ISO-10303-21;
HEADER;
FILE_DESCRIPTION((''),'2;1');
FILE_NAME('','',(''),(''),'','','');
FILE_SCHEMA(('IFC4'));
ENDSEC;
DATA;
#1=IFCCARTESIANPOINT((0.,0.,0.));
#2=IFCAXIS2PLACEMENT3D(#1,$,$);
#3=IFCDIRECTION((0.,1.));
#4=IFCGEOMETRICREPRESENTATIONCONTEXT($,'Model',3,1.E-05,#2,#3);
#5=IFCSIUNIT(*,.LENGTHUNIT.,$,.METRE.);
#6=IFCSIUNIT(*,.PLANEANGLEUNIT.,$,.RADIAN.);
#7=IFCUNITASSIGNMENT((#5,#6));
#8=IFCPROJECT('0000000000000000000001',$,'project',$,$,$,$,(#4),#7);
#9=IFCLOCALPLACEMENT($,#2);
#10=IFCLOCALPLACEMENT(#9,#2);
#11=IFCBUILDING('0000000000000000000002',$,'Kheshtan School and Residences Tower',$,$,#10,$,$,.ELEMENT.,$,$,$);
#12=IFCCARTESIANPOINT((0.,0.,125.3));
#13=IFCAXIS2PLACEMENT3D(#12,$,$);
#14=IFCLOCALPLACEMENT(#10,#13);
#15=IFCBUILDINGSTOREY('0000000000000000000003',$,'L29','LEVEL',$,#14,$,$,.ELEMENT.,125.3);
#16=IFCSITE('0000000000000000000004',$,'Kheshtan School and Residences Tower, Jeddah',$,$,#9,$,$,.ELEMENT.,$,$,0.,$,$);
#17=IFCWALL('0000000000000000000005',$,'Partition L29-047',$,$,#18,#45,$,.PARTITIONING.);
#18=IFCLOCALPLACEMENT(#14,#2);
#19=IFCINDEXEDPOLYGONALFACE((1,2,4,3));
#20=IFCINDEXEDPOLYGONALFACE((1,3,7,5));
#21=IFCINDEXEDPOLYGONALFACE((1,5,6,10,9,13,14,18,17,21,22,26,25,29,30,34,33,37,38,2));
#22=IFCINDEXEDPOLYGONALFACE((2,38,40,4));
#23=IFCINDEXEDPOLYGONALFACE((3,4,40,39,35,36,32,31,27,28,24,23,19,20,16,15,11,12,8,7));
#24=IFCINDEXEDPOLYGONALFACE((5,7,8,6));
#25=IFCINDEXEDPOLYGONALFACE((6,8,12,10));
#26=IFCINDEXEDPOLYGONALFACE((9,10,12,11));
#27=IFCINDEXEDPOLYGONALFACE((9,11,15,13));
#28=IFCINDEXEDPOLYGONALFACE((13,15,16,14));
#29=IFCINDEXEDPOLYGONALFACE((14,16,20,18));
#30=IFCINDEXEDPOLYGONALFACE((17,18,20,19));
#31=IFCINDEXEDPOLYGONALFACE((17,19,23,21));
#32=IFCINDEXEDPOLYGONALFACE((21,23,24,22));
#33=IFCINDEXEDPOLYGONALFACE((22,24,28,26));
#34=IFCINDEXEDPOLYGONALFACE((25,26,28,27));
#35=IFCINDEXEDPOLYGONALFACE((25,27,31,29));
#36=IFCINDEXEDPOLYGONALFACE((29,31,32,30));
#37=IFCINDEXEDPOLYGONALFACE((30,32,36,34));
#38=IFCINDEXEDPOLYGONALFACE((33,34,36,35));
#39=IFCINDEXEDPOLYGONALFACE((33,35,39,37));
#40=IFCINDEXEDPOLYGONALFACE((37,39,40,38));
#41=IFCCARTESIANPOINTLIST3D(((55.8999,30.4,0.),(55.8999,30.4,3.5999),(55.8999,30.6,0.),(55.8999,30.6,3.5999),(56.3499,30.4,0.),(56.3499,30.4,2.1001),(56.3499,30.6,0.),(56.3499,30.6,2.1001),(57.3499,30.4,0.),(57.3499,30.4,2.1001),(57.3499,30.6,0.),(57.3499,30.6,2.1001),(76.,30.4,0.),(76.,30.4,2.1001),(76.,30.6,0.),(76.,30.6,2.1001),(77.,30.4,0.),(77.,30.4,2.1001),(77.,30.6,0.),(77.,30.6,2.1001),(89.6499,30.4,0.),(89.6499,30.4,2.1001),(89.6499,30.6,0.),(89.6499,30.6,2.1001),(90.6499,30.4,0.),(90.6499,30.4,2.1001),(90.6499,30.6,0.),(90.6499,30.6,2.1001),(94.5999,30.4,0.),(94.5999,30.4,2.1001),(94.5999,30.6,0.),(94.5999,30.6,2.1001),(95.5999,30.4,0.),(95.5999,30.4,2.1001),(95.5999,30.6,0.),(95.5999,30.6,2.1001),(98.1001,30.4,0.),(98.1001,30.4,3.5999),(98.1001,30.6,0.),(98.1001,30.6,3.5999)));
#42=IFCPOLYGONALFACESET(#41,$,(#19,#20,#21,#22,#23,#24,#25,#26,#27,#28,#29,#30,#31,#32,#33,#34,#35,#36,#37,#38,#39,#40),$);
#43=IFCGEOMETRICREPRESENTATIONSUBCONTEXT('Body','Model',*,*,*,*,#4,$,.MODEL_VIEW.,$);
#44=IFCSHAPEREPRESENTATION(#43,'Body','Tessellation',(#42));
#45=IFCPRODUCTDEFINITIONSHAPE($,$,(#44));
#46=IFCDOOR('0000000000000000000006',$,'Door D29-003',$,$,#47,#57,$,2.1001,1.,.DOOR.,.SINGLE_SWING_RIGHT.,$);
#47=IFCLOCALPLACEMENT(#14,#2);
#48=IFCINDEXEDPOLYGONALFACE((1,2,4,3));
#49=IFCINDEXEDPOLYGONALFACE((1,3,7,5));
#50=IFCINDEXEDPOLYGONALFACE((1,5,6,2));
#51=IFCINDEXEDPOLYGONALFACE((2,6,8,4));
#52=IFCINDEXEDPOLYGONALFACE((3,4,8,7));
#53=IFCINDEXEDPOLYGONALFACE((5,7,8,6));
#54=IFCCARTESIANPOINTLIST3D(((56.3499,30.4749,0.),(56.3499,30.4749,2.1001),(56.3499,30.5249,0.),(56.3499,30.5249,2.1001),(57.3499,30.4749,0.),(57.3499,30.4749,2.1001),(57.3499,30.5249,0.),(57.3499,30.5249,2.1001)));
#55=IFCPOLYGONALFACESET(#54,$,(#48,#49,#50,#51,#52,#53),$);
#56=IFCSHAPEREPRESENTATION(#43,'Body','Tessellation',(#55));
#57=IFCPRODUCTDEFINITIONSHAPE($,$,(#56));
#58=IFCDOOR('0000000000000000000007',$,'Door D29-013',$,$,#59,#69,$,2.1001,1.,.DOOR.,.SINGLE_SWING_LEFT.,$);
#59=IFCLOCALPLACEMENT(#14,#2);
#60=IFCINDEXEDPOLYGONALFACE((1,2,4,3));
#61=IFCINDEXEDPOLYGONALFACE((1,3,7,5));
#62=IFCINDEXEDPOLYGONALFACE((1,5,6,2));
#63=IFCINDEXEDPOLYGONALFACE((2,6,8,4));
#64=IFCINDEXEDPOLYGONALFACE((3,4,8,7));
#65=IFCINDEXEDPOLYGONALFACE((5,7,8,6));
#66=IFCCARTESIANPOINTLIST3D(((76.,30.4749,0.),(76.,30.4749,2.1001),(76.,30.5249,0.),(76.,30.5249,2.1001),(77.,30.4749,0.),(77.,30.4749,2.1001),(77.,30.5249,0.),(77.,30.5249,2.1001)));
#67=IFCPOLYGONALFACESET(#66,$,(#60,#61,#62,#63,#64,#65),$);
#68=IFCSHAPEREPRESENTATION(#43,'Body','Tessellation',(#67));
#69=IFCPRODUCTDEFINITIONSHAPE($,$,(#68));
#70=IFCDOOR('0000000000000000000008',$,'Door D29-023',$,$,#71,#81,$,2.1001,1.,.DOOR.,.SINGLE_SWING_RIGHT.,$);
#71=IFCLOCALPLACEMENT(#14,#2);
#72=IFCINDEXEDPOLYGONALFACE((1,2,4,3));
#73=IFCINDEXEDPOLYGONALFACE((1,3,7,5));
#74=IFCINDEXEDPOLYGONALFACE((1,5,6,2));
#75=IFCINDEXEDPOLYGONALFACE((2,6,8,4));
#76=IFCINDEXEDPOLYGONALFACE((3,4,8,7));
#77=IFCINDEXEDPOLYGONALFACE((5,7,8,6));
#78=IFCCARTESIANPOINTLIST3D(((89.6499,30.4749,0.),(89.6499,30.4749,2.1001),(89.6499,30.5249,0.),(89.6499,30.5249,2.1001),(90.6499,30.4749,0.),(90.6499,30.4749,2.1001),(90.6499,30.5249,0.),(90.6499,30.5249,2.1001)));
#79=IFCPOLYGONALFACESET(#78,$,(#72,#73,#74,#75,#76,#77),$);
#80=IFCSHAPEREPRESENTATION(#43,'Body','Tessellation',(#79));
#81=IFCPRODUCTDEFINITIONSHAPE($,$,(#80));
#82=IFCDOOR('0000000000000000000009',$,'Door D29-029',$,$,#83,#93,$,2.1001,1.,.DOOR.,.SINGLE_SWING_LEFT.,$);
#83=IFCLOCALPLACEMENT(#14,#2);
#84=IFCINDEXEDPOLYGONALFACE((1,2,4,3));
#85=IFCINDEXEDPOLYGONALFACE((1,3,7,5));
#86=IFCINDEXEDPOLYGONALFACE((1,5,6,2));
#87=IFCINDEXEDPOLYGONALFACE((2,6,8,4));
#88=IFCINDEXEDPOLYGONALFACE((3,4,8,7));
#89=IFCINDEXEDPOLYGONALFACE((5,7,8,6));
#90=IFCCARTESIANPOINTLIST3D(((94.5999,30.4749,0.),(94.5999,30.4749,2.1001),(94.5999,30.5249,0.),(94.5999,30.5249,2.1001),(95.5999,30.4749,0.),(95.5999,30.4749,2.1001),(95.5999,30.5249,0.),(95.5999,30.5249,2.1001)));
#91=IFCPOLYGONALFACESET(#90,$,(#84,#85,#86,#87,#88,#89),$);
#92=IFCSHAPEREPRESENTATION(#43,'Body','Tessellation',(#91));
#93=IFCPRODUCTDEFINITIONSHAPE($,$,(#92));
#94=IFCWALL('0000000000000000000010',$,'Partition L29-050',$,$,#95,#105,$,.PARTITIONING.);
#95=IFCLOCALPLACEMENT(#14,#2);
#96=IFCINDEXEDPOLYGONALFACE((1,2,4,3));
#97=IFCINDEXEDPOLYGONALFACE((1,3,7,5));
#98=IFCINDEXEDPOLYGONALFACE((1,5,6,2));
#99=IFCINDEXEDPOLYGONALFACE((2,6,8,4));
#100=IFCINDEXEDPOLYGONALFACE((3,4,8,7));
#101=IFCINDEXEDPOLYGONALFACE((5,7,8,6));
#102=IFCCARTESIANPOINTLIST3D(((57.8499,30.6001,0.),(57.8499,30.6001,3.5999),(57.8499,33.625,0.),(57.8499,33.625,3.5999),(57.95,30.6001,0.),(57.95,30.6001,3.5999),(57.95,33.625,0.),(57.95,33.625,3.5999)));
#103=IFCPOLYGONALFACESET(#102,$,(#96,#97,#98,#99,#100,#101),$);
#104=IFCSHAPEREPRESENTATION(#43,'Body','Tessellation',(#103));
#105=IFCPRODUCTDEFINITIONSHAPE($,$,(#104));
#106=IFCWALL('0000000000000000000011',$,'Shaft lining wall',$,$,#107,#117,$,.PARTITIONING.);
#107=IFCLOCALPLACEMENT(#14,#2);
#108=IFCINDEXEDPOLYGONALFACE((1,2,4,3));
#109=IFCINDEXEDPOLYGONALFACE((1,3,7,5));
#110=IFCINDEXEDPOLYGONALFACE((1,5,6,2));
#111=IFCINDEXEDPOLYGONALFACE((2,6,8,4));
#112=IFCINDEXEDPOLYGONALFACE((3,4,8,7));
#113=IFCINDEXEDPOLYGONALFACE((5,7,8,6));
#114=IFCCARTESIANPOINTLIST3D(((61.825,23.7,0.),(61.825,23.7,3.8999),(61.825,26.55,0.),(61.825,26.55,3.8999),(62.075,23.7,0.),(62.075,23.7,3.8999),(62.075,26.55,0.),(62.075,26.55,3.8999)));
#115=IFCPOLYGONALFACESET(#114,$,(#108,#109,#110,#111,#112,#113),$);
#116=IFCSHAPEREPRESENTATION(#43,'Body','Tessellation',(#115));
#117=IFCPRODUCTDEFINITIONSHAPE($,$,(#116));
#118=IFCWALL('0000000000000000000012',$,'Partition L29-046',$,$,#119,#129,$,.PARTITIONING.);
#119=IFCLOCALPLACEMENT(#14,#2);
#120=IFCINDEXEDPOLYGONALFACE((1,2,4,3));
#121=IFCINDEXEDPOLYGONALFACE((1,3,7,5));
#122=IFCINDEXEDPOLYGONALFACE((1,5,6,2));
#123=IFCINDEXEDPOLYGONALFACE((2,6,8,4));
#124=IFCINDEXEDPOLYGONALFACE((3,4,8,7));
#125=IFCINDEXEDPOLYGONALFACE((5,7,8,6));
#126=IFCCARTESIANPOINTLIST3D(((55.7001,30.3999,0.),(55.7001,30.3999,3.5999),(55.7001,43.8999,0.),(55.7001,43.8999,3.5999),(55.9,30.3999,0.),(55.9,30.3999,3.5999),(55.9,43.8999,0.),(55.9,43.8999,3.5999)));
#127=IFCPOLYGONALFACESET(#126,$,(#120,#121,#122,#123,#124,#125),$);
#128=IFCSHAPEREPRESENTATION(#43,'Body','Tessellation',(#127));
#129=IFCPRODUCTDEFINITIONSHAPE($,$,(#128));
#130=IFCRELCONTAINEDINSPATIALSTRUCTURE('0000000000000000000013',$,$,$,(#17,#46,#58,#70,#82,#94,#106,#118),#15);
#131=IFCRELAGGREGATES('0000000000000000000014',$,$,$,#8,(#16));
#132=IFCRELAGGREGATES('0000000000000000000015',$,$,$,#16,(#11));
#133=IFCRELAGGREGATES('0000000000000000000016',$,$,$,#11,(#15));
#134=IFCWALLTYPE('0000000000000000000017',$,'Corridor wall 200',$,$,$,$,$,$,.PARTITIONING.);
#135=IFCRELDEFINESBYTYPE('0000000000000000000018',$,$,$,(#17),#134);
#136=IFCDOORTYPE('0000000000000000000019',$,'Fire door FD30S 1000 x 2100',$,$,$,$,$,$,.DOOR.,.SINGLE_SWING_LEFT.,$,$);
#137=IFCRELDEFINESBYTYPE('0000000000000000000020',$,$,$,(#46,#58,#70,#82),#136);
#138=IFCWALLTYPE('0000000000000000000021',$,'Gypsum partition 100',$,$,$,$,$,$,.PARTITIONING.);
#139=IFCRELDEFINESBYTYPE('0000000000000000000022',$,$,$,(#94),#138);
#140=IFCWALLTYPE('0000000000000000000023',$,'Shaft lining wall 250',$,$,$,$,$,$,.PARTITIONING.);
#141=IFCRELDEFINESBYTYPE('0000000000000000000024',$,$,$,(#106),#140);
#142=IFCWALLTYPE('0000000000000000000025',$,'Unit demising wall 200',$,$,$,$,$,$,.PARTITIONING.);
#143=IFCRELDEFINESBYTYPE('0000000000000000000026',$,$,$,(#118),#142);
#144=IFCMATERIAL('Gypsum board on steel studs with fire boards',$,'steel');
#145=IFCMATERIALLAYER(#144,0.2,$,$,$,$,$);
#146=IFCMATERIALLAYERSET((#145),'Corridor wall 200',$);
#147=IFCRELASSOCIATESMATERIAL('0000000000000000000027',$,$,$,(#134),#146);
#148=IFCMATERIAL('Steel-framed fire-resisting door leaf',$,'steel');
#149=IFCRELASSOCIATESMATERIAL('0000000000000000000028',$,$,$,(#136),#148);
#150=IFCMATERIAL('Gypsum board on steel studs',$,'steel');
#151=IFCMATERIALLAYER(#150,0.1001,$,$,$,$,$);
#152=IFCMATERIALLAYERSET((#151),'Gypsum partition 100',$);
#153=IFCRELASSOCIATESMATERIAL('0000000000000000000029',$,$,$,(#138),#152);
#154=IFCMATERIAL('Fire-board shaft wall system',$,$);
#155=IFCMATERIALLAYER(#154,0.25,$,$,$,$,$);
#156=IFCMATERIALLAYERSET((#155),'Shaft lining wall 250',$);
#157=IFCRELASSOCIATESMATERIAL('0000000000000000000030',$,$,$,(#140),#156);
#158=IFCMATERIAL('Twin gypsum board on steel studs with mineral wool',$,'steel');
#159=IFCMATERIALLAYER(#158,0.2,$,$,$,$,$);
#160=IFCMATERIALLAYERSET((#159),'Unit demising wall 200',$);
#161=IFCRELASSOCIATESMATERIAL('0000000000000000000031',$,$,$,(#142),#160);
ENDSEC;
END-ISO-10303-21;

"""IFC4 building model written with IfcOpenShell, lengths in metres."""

from ifc_helpers import new_model, si_unit, direction, frame, frame_2d, origin, place, context, subcontext, project, spatial, rectangle, extrude, source, transform, mapped, material, layer, layer_set, type_object, element, fill, save


model = new_model("IFC4")

# Units and contexts
model_context = context("Model", 3, precision=1e-05, world=origin(), true_north=direction((0.0, 1.0)))
body_context = subcontext(model_context, "Body", "Model", "MODEL_VIEW")
ifc_project = project(units=[si_unit("LENGTHUNIT", "METRE"), si_unit("PLANEANGLEUNIT", "RADIAN")], contexts=[model_context])

# Site, building, storey
site_placement = place(None, origin())
site = spatial("IfcSite", under=ifc_project, at=site_placement, Name="Kheshtan School and Residences Tower, Jeddah", CompositionType="ELEMENT", RefElevation=0.0)
building_placement = place(site_placement, origin())
building = spatial("IfcBuilding", under=site, at=building_placement, Name="Kheshtan School and Residences Tower", CompositionType="ELEMENT")
storey_placement = place(building_placement, frame((0.0, 0.0, 125.3)))
storey = spatial("IfcBuildingStorey", under=building, at=storey_placement, Name="L29", Description="LEVEL", CompositionType="ELEMENT", Elevation=125.3)

# Wall, openings, doors
ifc_material_1 = material(Name="Gypsum board on steel studs with fire boards", Category="steel")
ifc_layer_1 = layer(ifc_material_1, 0.2)
ifc_layer_set_1 = layer_set([ifc_layer_1], Name="Corridor wall 200")
wall_type_1 = type_object("IfcWallType", Name="Corridor wall 200", PredefinedType="PARTITIONING", material=ifc_layer_set_1)
wall_1_placement = place(storey_placement, frame((55.8999, 30.5, 0.0), z_axis=(0.0, 0.0, 1.0), x_axis=(1.0, 0.0, 0.0)))
wall_1 = element("IfcWall", 1, at=wall_1_placement, inside=storey, type_object=wall_type_1, Name="Partition L29-047", PredefinedType="PARTITIONING", context=body_context, shape_type="SweptSolid", body=[
    extrude(rectangle(XDim=42.2002, YDim=0.2, at=frame_2d((21.1001, 0.0))), origin(), (0.0, 0.0, 1.0), 3.5999),
])
opening_1_placement = place(wall_1_placement, frame((0.45, 0.0, 0.0)))
opening_1 = element("IfcOpeningElement", 2, at=opening_1_placement, cuts=wall_1, PredefinedType="OPENING", context=body_context, shape_type="SweptSolid", body=[
    extrude(rectangle(XDim=1.0, YDim=2.1001, at=frame_2d((0.5, 1.05))), frame((0.0, 0.1099, 0.0), z_axis=(0.0, -1.0, 0.0), x_axis=(1.0, 0.0, 0.0)), (0.0, 0.0, 1.0), 0.22),
])
opening_2_placement = place(wall_1_placement, frame((20.1001, 0.0, 0.0)))
opening_2 = element("IfcOpeningElement", 3, at=opening_2_placement, cuts=wall_1, PredefinedType="OPENING", context=body_context, shape_type="SweptSolid", body=[
    extrude(rectangle(XDim=1.0, YDim=2.1001, at=frame_2d((0.5, 1.05))), frame((0.0, 0.1099, 0.0), z_axis=(0.0, -1.0, 0.0), x_axis=(1.0, 0.0, 0.0)), (0.0, 0.0, 1.0), 0.22),
])
opening_3_placement = place(wall_1_placement, frame((33.75, 0.0, 0.0)))
opening_3 = element("IfcOpeningElement", 4, at=opening_3_placement, cuts=wall_1, PredefinedType="OPENING", context=body_context, shape_type="SweptSolid", body=[
    extrude(rectangle(XDim=1.0, YDim=2.1001, at=frame_2d((0.5, 1.05))), frame((0.0, 0.1099, 0.0), z_axis=(0.0, -1.0, 0.0), x_axis=(1.0, 0.0, 0.0)), (0.0, 0.0, 1.0), 0.22),
])
opening_4_placement = place(wall_1_placement, frame((38.7, 0.0, 0.0)))
opening_4 = element("IfcOpeningElement", 5, at=opening_4_placement, cuts=wall_1, PredefinedType="OPENING", context=body_context, shape_type="SweptSolid", body=[
    extrude(rectangle(XDim=1.0, YDim=2.1001, at=frame_2d((0.5, 1.05))), frame((0.0, 0.1099, 0.0), z_axis=(0.0, -1.0, 0.0), x_axis=(1.0, 0.0, 0.0)), (0.0, 0.0, 1.0), 0.22),
])
ifc_material_2 = material(Name="Steel-framed fire-resisting door leaf", Category="steel")
door_type_1 = type_object("IfcDoorType", Name="Fire door FD30S 1000 x 2100", OperationType="SINGLE_SWING_LEFT", PredefinedType="DOOR", material=ifc_material_2)
shared_shape_1 = source(origin(), body_context, "Body", "SweptSolid", [
    extrude(rectangle(XDim=1.0, YDim=2.1001, at=frame_2d((0.5, 1.05))), frame((0.0, 0.0249, 0.0), z_axis=(0.0, -1.0, 0.0), x_axis=(1.0, 0.0, 0.0)), (0.0, 0.0, 1.0), 0.05),
])
door_1_placement = place(opening_1_placement, origin())
door_1 = element("IfcDoor", 6, at=door_1_placement, inside=storey, type_object=door_type_1, Name="Door D29-003", OperationType="SINGLE_SWING_RIGHT", OverallHeight=2.1001, OverallWidth=1.0, PredefinedType="DOOR", context=body_context, shape_type="MappedRepresentation", body=[
    mapped(shared_shape_1, transform((0.0, 0.0, 0.0), x_axis=(1.0, 0.0, 0.0), y_axis=(0.0, 1.0, 0.0), z_axis=(0.0, 0.0, 1.0), scale=1.0)),
])
fill(opening_1, door_1)
door_2_placement = place(opening_2_placement, origin())
door_2 = element("IfcDoor", 7, at=door_2_placement, inside=storey, type_object=door_type_1, Name="Door D29-013", OperationType="SINGLE_SWING_LEFT", OverallHeight=2.1001, OverallWidth=1.0, PredefinedType="DOOR", context=body_context, shape_type="MappedRepresentation", body=[
    mapped(shared_shape_1, transform((0.0, 0.0, 0.0), x_axis=(1.0, 0.0, 0.0), y_axis=(0.0, 1.0, 0.0), z_axis=(0.0, 0.0, 1.0), scale=1.0)),
])
fill(opening_2, door_2)
door_3_placement = place(opening_3_placement, origin())
door_3 = element("IfcDoor", 8, at=door_3_placement, inside=storey, type_object=door_type_1, Name="Door D29-023", OperationType="SINGLE_SWING_RIGHT", OverallHeight=2.1001, OverallWidth=1.0, PredefinedType="DOOR", context=body_context, shape_type="MappedRepresentation", body=[
    mapped(shared_shape_1, transform((0.0, 0.0, 0.0), x_axis=(1.0, 0.0, 0.0), y_axis=(0.0, 1.0, 0.0), z_axis=(0.0, 0.0, 1.0), scale=1.0)),
])
fill(opening_3, door_3)
door_4_placement = place(opening_4_placement, origin())
door_4 = element("IfcDoor", 9, at=door_4_placement, inside=storey, type_object=door_type_1, Name="Door D29-029", OperationType="SINGLE_SWING_LEFT", OverallHeight=2.1001, OverallWidth=1.0, PredefinedType="DOOR", context=body_context, shape_type="MappedRepresentation", body=[
    mapped(shared_shape_1, transform((0.0, 0.0, 0.0), x_axis=(1.0, 0.0, 0.0), y_axis=(0.0, 1.0, 0.0), z_axis=(0.0, 0.0, 1.0), scale=1.0)),
])
fill(opening_4, door_4)

# Walls
ifc_material_3 = material(Name="Gypsum board on steel studs", Category="steel")
ifc_layer_2 = layer(ifc_material_3, 0.1001)
ifc_layer_set_2 = layer_set([ifc_layer_2], Name="Gypsum partition 100")
wall_type_2 = type_object("IfcWallType", Name="Gypsum partition 100", PredefinedType="PARTITIONING", material=ifc_layer_set_2)
wall_2_placement = place(storey_placement, frame((57.8999, 30.6001, 0.0), z_axis=(0.0, 0.0, 1.0), x_axis=(0.0, 1.0, 0.0)))
element("IfcWall", 10, at=wall_2_placement, inside=storey, type_object=wall_type_2, Name="Partition L29-050", PredefinedType="PARTITIONING", context=body_context, shape_type="SweptSolid", body=[
    extrude(rectangle(XDim=3.0249, YDim=0.1001, at=frame_2d((1.5125, 0.0))), origin(), (0.0, 0.0, 1.0), 3.5999),
])
ifc_material_4 = material(Name="Fire-board shaft wall system")
ifc_layer_3 = layer(ifc_material_4, 0.25)
ifc_layer_set_3 = layer_set([ifc_layer_3], Name="Shaft lining wall 250")
wall_type_3 = type_object("IfcWallType", Name="Shaft lining wall 250", PredefinedType="PARTITIONING", material=ifc_layer_set_3)
wall_3_placement = place(storey_placement, frame((61.95, 23.7, 0.0), z_axis=(0.0, 0.0, 1.0), x_axis=(0.0, 1.0, 0.0)))
element("IfcWall", 11, at=wall_3_placement, inside=storey, type_object=wall_type_3, Name="Shaft lining wall", PredefinedType="PARTITIONING", context=body_context, shape_type="SweptSolid", body=[
    extrude(rectangle(XDim=2.8501, YDim=0.25, at=frame_2d((1.425, 0.0))), origin(), (0.0, 0.0, 1.0), 3.8999),
])
ifc_material_5 = material(Name="Twin gypsum board on steel studs with mineral wool", Category="steel")
ifc_layer_4 = layer(ifc_material_5, 0.2)
ifc_layer_set_4 = layer_set([ifc_layer_4], Name="Unit demising wall 200")
wall_type_4 = type_object("IfcWallType", Name="Unit demising wall 200", PredefinedType="PARTITIONING", material=ifc_layer_set_4)
wall_4_placement = place(storey_placement, frame((55.8, 30.3999, 0.0), z_axis=(0.0, 0.0, 1.0), x_axis=(0.0, 1.0, 0.0)))
element("IfcWall", 12, at=wall_4_placement, inside=storey, type_object=wall_type_4, Name="Partition L29-046", PredefinedType="PARTITIONING", context=body_context, shape_type="SweptSolid", body=[
    extrude(rectangle(XDim=13.5, YDim=0.2, at=frame_2d((6.75, 0.0))), origin(), (0.0, 0.0, 1.0), 3.5999),
])

save(model, "model.ifc")
